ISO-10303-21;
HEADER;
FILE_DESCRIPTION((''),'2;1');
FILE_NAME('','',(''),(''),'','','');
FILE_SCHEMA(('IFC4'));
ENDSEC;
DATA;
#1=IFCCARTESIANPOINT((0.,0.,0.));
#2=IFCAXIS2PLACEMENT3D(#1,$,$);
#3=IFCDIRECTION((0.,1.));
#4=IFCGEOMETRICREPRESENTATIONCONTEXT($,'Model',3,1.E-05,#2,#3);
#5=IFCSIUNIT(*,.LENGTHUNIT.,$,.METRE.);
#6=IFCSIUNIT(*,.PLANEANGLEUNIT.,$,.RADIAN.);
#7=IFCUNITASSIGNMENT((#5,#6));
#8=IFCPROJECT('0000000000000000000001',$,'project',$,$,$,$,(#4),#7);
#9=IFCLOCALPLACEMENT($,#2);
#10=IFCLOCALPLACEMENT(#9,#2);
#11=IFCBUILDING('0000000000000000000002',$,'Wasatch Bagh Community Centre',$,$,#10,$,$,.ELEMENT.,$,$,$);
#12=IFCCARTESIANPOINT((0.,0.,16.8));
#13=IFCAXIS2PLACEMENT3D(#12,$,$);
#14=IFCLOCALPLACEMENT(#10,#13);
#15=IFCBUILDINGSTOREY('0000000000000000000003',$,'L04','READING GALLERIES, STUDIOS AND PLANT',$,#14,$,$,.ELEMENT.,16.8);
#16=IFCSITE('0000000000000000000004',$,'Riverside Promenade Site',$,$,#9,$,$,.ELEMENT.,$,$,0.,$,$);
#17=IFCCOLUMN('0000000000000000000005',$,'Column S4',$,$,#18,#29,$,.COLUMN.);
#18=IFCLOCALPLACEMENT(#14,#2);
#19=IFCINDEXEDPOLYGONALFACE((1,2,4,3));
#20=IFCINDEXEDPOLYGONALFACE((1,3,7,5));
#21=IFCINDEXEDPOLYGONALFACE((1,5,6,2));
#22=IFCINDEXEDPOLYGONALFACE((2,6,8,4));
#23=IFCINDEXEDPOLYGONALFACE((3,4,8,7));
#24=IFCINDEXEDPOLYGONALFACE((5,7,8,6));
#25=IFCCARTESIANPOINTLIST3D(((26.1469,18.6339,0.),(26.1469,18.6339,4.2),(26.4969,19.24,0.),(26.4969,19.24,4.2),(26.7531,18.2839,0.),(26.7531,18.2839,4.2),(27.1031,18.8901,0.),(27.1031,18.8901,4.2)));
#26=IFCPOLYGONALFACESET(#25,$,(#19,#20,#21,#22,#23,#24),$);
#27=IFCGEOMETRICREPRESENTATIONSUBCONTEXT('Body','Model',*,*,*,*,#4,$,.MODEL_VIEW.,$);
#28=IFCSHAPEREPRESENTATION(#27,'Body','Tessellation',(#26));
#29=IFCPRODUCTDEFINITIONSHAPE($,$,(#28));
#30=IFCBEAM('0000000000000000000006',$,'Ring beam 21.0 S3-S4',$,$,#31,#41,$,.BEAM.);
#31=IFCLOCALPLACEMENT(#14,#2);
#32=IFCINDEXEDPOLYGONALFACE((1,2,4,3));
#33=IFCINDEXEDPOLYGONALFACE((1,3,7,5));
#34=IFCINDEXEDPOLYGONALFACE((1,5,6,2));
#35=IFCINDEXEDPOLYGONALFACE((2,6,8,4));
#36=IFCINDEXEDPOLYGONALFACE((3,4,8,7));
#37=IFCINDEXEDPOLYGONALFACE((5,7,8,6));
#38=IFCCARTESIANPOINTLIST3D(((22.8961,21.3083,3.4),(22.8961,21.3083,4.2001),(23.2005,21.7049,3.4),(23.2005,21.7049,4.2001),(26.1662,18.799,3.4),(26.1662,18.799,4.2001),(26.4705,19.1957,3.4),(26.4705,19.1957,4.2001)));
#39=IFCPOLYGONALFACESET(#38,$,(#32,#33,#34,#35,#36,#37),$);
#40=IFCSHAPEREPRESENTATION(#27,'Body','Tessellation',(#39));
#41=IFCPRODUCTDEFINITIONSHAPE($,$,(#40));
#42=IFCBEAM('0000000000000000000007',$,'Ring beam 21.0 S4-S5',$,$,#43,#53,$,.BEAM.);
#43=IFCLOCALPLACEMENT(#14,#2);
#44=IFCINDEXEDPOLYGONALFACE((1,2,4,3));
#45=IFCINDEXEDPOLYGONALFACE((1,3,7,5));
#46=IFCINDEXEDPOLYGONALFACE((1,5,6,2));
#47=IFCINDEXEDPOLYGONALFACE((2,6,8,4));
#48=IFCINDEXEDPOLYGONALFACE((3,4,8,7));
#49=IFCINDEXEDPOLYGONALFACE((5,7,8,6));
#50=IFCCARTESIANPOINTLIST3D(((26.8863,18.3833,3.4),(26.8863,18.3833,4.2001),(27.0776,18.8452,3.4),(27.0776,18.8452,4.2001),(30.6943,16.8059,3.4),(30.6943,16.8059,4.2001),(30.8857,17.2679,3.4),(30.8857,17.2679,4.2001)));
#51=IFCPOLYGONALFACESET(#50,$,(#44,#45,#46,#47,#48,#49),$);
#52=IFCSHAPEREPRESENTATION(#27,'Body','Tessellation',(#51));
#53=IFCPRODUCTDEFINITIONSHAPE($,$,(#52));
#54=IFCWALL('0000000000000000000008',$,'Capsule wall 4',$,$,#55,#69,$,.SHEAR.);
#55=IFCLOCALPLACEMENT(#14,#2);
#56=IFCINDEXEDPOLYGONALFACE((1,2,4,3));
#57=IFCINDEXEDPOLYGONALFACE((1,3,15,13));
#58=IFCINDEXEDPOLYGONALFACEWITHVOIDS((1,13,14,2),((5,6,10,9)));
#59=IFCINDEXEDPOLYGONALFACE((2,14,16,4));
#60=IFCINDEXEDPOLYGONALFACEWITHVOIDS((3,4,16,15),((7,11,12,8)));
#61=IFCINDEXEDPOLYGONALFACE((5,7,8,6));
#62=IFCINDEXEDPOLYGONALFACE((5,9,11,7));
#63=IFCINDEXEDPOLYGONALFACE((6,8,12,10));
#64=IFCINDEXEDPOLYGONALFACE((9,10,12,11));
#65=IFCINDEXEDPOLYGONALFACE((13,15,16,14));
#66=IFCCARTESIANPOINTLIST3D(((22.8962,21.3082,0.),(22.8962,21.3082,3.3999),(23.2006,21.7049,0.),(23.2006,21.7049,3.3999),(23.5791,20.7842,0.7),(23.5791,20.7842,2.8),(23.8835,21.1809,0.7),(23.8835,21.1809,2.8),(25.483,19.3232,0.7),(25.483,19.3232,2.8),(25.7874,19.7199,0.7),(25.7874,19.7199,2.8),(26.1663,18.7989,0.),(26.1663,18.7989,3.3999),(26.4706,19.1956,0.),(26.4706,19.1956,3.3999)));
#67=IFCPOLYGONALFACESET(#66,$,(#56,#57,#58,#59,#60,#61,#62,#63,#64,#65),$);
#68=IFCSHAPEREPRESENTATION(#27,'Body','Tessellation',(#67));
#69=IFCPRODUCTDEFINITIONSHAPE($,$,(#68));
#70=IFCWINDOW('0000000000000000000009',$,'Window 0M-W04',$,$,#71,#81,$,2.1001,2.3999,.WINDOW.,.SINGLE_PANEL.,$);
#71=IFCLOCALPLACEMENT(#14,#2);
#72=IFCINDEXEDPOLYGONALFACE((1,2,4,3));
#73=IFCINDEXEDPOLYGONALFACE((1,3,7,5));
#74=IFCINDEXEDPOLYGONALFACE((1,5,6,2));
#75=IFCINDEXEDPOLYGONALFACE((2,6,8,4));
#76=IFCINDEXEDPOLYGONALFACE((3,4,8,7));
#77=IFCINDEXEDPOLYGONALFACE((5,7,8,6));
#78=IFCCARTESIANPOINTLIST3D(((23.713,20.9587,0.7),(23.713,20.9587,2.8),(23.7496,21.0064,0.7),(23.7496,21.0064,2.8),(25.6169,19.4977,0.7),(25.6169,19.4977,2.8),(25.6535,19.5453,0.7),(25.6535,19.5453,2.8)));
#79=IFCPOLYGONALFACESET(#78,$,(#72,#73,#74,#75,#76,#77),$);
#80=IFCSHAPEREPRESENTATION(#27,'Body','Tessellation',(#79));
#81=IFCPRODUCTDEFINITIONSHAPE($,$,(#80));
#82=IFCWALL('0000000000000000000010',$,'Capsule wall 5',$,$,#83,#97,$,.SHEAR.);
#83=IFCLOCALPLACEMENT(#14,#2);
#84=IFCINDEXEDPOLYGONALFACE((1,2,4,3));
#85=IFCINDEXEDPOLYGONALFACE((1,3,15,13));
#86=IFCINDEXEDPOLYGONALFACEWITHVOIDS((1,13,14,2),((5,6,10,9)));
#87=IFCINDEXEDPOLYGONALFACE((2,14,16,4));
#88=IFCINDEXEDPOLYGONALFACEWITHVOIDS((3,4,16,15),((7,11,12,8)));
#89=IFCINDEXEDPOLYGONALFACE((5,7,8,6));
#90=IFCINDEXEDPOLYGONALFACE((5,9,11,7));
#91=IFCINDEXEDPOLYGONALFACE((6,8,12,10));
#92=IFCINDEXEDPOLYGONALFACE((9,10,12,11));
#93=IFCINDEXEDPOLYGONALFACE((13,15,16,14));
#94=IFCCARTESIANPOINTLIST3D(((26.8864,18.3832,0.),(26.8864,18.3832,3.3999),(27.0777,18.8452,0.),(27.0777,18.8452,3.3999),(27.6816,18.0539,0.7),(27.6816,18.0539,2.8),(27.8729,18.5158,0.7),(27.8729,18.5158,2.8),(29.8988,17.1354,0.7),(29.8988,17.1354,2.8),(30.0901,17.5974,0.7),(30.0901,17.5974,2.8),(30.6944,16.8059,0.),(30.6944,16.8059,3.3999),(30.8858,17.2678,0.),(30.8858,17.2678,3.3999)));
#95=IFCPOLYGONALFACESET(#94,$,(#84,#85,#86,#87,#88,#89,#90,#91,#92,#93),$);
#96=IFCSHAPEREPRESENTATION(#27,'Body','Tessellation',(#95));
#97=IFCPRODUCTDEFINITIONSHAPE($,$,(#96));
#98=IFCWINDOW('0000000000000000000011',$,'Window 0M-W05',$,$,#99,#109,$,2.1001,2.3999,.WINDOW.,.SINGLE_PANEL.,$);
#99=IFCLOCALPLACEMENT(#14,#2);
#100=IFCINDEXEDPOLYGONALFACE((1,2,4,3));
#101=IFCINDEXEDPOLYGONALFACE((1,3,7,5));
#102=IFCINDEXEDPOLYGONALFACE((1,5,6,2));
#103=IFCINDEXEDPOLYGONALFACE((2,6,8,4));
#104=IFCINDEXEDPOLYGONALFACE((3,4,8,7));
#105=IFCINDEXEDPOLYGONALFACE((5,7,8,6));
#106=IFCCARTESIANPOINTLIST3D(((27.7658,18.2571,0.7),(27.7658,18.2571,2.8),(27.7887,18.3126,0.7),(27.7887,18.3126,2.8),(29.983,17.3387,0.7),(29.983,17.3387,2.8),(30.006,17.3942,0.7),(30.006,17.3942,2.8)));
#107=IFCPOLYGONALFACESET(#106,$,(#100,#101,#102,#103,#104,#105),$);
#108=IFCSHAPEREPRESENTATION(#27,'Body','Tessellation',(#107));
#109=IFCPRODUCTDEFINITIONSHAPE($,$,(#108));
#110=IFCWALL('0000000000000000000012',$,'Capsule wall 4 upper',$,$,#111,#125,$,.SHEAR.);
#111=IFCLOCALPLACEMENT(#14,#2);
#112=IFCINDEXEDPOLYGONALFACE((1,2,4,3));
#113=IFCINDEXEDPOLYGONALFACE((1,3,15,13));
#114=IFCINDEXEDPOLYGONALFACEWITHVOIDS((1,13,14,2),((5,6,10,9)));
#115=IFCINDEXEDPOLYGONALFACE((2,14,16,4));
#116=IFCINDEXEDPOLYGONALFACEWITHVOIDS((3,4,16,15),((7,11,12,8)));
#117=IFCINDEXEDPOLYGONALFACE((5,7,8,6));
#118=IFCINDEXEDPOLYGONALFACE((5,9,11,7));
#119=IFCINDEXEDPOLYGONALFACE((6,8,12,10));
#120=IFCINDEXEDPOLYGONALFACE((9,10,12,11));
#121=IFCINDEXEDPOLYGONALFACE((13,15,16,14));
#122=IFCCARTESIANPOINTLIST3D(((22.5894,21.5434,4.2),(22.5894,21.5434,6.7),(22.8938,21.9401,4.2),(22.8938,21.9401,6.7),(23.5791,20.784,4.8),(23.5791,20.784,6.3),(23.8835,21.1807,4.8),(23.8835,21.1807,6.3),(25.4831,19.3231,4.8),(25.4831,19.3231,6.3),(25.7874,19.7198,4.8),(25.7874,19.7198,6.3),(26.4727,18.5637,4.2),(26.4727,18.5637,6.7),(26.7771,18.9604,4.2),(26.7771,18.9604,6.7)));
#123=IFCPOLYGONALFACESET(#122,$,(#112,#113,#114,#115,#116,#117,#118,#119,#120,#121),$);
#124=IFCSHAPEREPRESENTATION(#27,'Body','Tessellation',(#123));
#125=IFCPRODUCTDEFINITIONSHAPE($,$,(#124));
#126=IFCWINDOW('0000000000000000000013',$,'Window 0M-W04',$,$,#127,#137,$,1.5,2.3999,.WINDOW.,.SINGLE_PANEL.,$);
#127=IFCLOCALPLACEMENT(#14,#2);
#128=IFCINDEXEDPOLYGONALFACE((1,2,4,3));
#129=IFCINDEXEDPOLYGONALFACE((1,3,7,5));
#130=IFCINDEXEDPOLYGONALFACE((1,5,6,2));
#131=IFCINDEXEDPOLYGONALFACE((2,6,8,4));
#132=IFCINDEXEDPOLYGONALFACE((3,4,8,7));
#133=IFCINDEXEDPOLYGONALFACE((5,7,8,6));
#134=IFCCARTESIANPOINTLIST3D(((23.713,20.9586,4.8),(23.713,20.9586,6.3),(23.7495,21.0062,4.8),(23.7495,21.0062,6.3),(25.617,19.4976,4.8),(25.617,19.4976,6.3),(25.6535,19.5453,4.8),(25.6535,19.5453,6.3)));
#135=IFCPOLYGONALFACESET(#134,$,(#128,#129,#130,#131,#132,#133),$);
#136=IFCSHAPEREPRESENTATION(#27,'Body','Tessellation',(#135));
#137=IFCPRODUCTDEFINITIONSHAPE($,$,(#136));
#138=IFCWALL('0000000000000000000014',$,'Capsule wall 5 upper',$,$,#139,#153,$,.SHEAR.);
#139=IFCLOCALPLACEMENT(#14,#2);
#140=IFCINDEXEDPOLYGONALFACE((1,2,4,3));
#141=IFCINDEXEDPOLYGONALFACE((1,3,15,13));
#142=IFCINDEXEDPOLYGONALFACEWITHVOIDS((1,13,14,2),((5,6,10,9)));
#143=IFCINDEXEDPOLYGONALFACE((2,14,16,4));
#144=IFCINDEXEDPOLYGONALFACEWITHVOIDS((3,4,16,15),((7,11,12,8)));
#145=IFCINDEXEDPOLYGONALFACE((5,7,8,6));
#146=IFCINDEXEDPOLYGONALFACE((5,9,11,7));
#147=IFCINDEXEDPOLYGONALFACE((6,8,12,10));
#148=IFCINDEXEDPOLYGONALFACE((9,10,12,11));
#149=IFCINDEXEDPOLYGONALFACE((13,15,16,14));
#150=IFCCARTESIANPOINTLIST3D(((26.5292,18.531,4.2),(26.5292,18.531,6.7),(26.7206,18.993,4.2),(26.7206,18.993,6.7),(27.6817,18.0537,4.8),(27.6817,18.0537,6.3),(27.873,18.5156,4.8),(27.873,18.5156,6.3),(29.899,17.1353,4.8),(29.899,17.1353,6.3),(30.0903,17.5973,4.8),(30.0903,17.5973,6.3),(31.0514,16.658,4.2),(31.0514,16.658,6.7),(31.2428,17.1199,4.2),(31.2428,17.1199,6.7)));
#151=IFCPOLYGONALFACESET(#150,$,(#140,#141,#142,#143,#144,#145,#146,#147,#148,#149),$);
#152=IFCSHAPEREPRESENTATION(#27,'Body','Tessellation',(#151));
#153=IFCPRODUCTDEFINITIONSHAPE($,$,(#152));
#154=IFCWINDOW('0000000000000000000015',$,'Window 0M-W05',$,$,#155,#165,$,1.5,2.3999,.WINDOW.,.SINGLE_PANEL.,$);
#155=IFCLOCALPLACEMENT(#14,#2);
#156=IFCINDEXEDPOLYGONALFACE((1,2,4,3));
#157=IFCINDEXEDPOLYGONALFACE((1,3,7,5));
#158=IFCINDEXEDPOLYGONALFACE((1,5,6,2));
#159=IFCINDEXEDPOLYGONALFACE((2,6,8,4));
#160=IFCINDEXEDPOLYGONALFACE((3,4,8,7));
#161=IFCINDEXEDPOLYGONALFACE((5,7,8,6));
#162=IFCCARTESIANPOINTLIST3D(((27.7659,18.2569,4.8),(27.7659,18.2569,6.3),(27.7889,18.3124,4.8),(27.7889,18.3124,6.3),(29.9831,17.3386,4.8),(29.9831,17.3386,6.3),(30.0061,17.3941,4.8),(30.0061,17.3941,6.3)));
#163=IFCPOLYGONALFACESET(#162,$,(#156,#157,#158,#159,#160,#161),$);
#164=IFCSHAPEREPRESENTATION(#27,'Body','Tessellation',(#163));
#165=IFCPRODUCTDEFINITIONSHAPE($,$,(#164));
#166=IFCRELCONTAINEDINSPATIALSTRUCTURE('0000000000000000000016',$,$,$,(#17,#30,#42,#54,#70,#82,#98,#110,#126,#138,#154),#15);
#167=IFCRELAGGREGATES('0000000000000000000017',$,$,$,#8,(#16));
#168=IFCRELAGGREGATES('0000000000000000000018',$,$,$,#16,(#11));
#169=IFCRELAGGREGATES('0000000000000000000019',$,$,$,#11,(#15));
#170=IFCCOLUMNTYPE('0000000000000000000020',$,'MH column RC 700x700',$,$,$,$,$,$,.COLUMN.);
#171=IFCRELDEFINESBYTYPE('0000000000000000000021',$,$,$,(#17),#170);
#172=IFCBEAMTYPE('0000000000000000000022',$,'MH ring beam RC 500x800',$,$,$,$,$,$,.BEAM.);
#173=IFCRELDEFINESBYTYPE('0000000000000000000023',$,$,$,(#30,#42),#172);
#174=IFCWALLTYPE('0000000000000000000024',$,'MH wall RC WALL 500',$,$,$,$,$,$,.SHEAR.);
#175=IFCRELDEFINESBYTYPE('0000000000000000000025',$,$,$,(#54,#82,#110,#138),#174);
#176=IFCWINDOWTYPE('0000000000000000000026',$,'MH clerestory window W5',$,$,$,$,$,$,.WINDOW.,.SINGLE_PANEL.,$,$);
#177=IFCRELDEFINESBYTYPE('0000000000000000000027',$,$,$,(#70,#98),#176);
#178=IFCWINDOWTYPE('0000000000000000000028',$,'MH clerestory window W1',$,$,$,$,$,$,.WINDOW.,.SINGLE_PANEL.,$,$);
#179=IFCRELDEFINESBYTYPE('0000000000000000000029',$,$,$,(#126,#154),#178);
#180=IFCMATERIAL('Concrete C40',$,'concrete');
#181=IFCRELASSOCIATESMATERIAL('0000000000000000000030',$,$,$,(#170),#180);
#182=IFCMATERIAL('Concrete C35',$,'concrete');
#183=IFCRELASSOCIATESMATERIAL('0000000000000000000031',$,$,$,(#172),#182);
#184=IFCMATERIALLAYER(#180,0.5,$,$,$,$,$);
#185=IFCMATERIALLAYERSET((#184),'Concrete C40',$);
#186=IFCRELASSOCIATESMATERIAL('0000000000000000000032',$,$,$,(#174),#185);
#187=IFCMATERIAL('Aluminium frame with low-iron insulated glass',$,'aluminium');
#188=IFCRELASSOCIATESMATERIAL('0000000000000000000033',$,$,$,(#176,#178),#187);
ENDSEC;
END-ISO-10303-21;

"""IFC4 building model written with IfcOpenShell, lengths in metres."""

from ifc_helpers import new_model, si_unit, direction, frame, frame_2d, origin, origin_2d, place, context, subcontext, project, spatial, rectangle, extrude, material, layer, layer_set, material_profile, profile_set, type_object, element, fill, save


model = new_model("IFC4")

# Units and contexts
model_context = context("Model", 3, precision=1e-05, world=origin(), true_north=direction((0.0, 1.0)))
body_context = subcontext(model_context, "Body", "Model", "MODEL_VIEW")
ifc_project = project(units=[si_unit("LENGTHUNIT", "METRE"), si_unit("PLANEANGLEUNIT", "RADIAN")], contexts=[model_context])

# Site, building, storey
site_placement = place(None, origin())
site = spatial("IfcSite", under=ifc_project, at=site_placement, Name="Riverside Promenade Site", CompositionType="ELEMENT", RefElevation=0.0)
building_placement = place(site_placement, origin())
building = spatial("IfcBuilding", under=site, at=building_placement, Name="Wasatch Bagh Community Centre", CompositionType="ELEMENT")
storey_placement = place(building_placement, frame((0.0, 0.0, 16.8)))
storey = spatial("IfcBuildingStorey", under=building, at=storey_placement, Name="L04", Description="READING GALLERIES, STUDIOS AND PLANT", CompositionType="ELEMENT", Elevation=16.8)

# Column
ifc_material_1 = material(Name="Concrete C40", Category="concrete")
ifc_material_profile_1 = material_profile(ifc_material_1, rectangle(XDim=0.7, YDim=0.7, at=origin_2d()), Name="RC 700x700")
ifc_profile_set_1 = profile_set([ifc_material_profile_1], Name="Concrete C40")
column_type = type_object("IfcColumnType", Name="MH column RC 700x700", PredefinedType="COLUMN", material=ifc_profile_set_1)
column_placement = place(storey_placement, frame((26.625, 18.762, 0.0), z_axis=(0.0, 0.0, 1.0), x_axis=(0.5, 0.866025, 0.0)))
element("IfcColumn", 1, at=column_placement, inside=storey, type_object=column_type, Name="Column S4", PredefinedType="COLUMN", context=body_context, shape_type="SweptSolid", body=[
    extrude(rectangle(XDim=0.7, YDim=0.7, at=origin_2d()), origin(), (0.0, 0.0, 1.0), 4.2),
])

# Beams
ifc_material_2 = material(Name="Concrete C35", Category="concrete")
ifc_material_profile_2 = material_profile(ifc_material_2, rectangle(XDim=0.5, YDim=0.8, at=origin_2d()), Name="RC 500x800")
ifc_profile_set_2 = profile_set([ifc_material_profile_2], Name="Concrete C35")
beam_type = type_object("IfcBeamType", Name="MH ring beam RC 500x800", PredefinedType="BEAM", material=ifc_profile_set_2)
for number, where, z_axis, x_axis, name in (
    (2, (23.0483, 21.5066, 3.8), (0.793341, -0.608777, 0.0), (0.608777, 0.793341, 0.0), "Ring beam 21.0 S3-S4"),
    (3, (26.9819, 18.6143, 3.8), (0.923878, -0.382688, 0.0), (0.382688, 0.923878, 0.0), "Ring beam 21.0 S4-S5"),
):
    element("IfcBeam", number, at=place(storey_placement, frame(where, z_axis=z_axis, x_axis=x_axis)), inside=storey, type_object=beam_type, Name=name, PredefinedType="BEAM", context=body_context, shape_type="SweptSolid", body=[
        extrude(rectangle(XDim=0.5, YDim=0.8, at=origin_2d()), origin(), (0.0, 0.0, 1.0), 4.1218),
    ])

# Walls, openings, windows
ifc_layer_1 = layer(ifc_material_1, 0.5)
ifc_layer_set_1 = layer_set([ifc_layer_1], Name="Concrete C40")
wall_type = type_object("IfcWallType", Name="MH wall RC WALL 500", PredefinedType="SHEAR", material=ifc_layer_set_1)
wall_1_placement = place(storey_placement, frame((23.0483, 21.5066, 0.0), z_axis=(0.0, 0.0, 1.0), x_axis=(0.793341, -0.608777, 0.0)))
wall_1 = element("IfcWall", 4, at=wall_1_placement, inside=storey, type_object=wall_type, Name="Capsule wall 4", PredefinedType="SHEAR", context=body_context, shape_type="SweptSolid", body=[
    extrude(rectangle(XDim=4.1218, YDim=0.5, at=frame_2d((2.061, 0.0))), origin(), (0.0, 0.0, 1.0), 3.3999),
])
opening_1_placement = place(wall_1_placement, frame((0.8608, 0.0, 0.7)))
opening_1 = element("IfcOpeningElement", 5, at=opening_1_placement, cuts=wall_1, PredefinedType="OPENING", context=body_context, shape_type="SweptSolid", body=[
    extrude(rectangle(XDim=2.3999, YDim=2.1001, at=frame_2d((1.2, 1.05))), frame((0.0, 0.26, 0.0), z_axis=(0.0, -1.0, 0.0), x_axis=(1.0, 0.0, 0.0)), (0.0, 0.0, 1.0), 0.52),
])
ifc_material_3 = material(Name="Aluminium frame with low-iron insulated glass", Category="aluminium")
window_type_1 = type_object("IfcWindowType", Name="MH clerestory window W5", PartitioningType="SINGLE_PANEL", PredefinedType="WINDOW", material=ifc_material_3)
window_1_placement = place(opening_1_placement, origin())
window_1 = element("IfcWindow", 6, at=window_1_placement, inside=storey, type_object=window_type_1, Name="Window 0M-W04", OverallHeight=2.1001, OverallWidth=2.3999, PartitioningType="SINGLE_PANEL", PredefinedType="WINDOW", context=body_context, shape_type="SweptSolid", body=[
    extrude(rectangle(XDim=2.3999, YDim=2.1001, at=frame_2d((1.2, 1.05))), frame((0.0, 0.03, 0.0), z_axis=(0.0, -1.0, 0.0), x_axis=(1.0, 0.0, 0.0)), (0.0, 0.0, 1.0), 0.0601),
])
fill(opening_1, window_1)
wall_2_placement = place(storey_placement, frame((26.9819, 18.6143, 0.0), z_axis=(0.0, 0.0, 1.0), x_axis=(0.923878, -0.382688, 0.0)))
wall_2 = element("IfcWall", 7, at=wall_2_placement, inside=storey, type_object=wall_type, Name="Capsule wall 5", PredefinedType="SHEAR", context=body_context, shape_type="SweptSolid", body=[
    extrude(rectangle(XDim=4.1218, YDim=0.5, at=frame_2d((2.061, 0.0))), origin(), (0.0, 0.0, 1.0), 3.3999),
])
opening_2_placement = place(wall_2_placement, frame((0.8608, 0.0, 0.7)))
opening_2 = element("IfcOpeningElement", 8, at=opening_2_placement, cuts=wall_2, PredefinedType="OPENING", context=body_context, shape_type="SweptSolid", body=[
    extrude(rectangle(XDim=2.3999, YDim=2.1001, at=frame_2d((1.2, 1.05))), frame((0.0, 0.26, 0.0), z_axis=(0.0, -1.0, 0.0), x_axis=(1.0, 0.0, 0.0)), (0.0, 0.0, 1.0), 0.52),
])
window_2_placement = place(opening_2_placement, origin())
window_2 = element("IfcWindow", 9, at=window_2_placement, inside=storey, type_object=window_type_1, Name="Window 0M-W05", OverallHeight=2.1001, OverallWidth=2.3999, PartitioningType="SINGLE_PANEL", PredefinedType="WINDOW", context=body_context, shape_type="SweptSolid", body=[
    extrude(rectangle(XDim=2.3999, YDim=2.1001, at=frame_2d((1.2, 1.05))), frame((0.0, 0.03, 0.0), z_axis=(0.0, -1.0, 0.0), x_axis=(1.0, 0.0, 0.0)), (0.0, 0.0, 1.0), 0.0601),
])
fill(opening_2, window_2)
wall_3_placement = place(storey_placement, frame((22.7417, 21.7417, 4.2), z_axis=(0.0, 0.0, 1.0), x_axis=(0.793356, -0.608758, 0.0)))
wall_3 = element("IfcWall", 10, at=wall_3_placement, inside=storey, type_object=wall_type, Name="Capsule wall 4 upper", PredefinedType="SHEAR", context=body_context, shape_type="SweptSolid", body=[
    extrude(rectangle(XDim=4.8948, YDim=0.5, at=frame_2d((2.4473, 0.0))), origin(), (0.0, 0.0, 1.0), 2.5),
])
opening_3_placement = place(wall_3_placement, frame((1.2473, 0.0, 0.6001)))
opening_3 = element("IfcOpeningElement", 11, at=opening_3_placement, cuts=wall_3, PredefinedType="OPENING", context=body_context, shape_type="SweptSolid", body=[
    extrude(rectangle(XDim=2.3999, YDim=1.5, at=frame_2d((1.2, 0.75))), frame((0.0, 0.26, 0.0), z_axis=(0.0, -1.0, 0.0), x_axis=(1.0, 0.0, 0.0)), (0.0, 0.0, 1.0), 0.52),
])
window_type_2 = type_object("IfcWindowType", Name="MH clerestory window W1", PartitioningType="SINGLE_PANEL", PredefinedType="WINDOW", material=ifc_material_3)
window_3_placement = place(opening_3_placement, origin())
window_3 = element("IfcWindow", 12, at=window_3_placement, inside=storey, type_object=window_type_2, Name="Window 0M-W04", OverallHeight=1.5, OverallWidth=2.3999, PartitioningType="SINGLE_PANEL", PredefinedType="WINDOW", context=body_context, shape_type="SweptSolid", body=[
    extrude(rectangle(XDim=2.3999, YDim=1.5, at=frame_2d((1.2, 0.75))), frame((0.0, 0.03, 0.0), z_axis=(0.0, -1.0, 0.0), x_axis=(1.0, 0.0, 0.0)), (0.0, 0.0, 1.0), 0.0601),
])
fill(opening_3, window_3)
wall_4_placement = place(storey_placement, frame((26.625, 18.762, 4.2), z_axis=(0.0, 0.0, 1.0), x_axis=(0.923888, -0.382663, 0.0)))
wall_4 = element("IfcWall", 13, at=wall_4_placement, inside=storey, type_object=wall_type, Name="Capsule wall 5 upper", PredefinedType="SHEAR", context=body_context, shape_type="SweptSolid", body=[
    extrude(rectangle(XDim=4.8948, YDim=0.5, at=frame_2d((2.4473, 0.0))), origin(), (0.0, 0.0, 1.0), 2.5),
])
opening_4_placement = place(wall_4_placement, frame((1.2473, 0.0, 0.6001)))
opening_4 = element("IfcOpeningElement", 14, at=opening_4_placement, cuts=wall_4, PredefinedType="OPENING", context=body_context, shape_type="SweptSolid", body=[
    extrude(rectangle(XDim=2.3999, YDim=1.5, at=frame_2d((1.2, 0.75))), frame((0.0, 0.26, 0.0), z_axis=(0.0, -1.0, 0.0), x_axis=(1.0, 0.0, 0.0)), (0.0, 0.0, 1.0), 0.52),
])
window_4_placement = place(opening_4_placement, origin())
window_4 = element("IfcWindow", 15, at=window_4_placement, inside=storey, type_object=window_type_2, Name="Window 0M-W05", OverallHeight=1.5, OverallWidth=2.3999, PartitioningType="SINGLE_PANEL", PredefinedType="WINDOW", context=body_context, shape_type="SweptSolid", body=[
    extrude(rectangle(XDim=2.3999, YDim=1.5, at=frame_2d((1.2, 0.75))), frame((0.0, 0.03, 0.0), z_axis=(0.0, -1.0, 0.0), x_axis=(1.0, 0.0, 0.0)), (0.0, 0.0, 1.0), 0.0601),
])
fill(opening_4, window_4)

save(model, "model.ifc")
